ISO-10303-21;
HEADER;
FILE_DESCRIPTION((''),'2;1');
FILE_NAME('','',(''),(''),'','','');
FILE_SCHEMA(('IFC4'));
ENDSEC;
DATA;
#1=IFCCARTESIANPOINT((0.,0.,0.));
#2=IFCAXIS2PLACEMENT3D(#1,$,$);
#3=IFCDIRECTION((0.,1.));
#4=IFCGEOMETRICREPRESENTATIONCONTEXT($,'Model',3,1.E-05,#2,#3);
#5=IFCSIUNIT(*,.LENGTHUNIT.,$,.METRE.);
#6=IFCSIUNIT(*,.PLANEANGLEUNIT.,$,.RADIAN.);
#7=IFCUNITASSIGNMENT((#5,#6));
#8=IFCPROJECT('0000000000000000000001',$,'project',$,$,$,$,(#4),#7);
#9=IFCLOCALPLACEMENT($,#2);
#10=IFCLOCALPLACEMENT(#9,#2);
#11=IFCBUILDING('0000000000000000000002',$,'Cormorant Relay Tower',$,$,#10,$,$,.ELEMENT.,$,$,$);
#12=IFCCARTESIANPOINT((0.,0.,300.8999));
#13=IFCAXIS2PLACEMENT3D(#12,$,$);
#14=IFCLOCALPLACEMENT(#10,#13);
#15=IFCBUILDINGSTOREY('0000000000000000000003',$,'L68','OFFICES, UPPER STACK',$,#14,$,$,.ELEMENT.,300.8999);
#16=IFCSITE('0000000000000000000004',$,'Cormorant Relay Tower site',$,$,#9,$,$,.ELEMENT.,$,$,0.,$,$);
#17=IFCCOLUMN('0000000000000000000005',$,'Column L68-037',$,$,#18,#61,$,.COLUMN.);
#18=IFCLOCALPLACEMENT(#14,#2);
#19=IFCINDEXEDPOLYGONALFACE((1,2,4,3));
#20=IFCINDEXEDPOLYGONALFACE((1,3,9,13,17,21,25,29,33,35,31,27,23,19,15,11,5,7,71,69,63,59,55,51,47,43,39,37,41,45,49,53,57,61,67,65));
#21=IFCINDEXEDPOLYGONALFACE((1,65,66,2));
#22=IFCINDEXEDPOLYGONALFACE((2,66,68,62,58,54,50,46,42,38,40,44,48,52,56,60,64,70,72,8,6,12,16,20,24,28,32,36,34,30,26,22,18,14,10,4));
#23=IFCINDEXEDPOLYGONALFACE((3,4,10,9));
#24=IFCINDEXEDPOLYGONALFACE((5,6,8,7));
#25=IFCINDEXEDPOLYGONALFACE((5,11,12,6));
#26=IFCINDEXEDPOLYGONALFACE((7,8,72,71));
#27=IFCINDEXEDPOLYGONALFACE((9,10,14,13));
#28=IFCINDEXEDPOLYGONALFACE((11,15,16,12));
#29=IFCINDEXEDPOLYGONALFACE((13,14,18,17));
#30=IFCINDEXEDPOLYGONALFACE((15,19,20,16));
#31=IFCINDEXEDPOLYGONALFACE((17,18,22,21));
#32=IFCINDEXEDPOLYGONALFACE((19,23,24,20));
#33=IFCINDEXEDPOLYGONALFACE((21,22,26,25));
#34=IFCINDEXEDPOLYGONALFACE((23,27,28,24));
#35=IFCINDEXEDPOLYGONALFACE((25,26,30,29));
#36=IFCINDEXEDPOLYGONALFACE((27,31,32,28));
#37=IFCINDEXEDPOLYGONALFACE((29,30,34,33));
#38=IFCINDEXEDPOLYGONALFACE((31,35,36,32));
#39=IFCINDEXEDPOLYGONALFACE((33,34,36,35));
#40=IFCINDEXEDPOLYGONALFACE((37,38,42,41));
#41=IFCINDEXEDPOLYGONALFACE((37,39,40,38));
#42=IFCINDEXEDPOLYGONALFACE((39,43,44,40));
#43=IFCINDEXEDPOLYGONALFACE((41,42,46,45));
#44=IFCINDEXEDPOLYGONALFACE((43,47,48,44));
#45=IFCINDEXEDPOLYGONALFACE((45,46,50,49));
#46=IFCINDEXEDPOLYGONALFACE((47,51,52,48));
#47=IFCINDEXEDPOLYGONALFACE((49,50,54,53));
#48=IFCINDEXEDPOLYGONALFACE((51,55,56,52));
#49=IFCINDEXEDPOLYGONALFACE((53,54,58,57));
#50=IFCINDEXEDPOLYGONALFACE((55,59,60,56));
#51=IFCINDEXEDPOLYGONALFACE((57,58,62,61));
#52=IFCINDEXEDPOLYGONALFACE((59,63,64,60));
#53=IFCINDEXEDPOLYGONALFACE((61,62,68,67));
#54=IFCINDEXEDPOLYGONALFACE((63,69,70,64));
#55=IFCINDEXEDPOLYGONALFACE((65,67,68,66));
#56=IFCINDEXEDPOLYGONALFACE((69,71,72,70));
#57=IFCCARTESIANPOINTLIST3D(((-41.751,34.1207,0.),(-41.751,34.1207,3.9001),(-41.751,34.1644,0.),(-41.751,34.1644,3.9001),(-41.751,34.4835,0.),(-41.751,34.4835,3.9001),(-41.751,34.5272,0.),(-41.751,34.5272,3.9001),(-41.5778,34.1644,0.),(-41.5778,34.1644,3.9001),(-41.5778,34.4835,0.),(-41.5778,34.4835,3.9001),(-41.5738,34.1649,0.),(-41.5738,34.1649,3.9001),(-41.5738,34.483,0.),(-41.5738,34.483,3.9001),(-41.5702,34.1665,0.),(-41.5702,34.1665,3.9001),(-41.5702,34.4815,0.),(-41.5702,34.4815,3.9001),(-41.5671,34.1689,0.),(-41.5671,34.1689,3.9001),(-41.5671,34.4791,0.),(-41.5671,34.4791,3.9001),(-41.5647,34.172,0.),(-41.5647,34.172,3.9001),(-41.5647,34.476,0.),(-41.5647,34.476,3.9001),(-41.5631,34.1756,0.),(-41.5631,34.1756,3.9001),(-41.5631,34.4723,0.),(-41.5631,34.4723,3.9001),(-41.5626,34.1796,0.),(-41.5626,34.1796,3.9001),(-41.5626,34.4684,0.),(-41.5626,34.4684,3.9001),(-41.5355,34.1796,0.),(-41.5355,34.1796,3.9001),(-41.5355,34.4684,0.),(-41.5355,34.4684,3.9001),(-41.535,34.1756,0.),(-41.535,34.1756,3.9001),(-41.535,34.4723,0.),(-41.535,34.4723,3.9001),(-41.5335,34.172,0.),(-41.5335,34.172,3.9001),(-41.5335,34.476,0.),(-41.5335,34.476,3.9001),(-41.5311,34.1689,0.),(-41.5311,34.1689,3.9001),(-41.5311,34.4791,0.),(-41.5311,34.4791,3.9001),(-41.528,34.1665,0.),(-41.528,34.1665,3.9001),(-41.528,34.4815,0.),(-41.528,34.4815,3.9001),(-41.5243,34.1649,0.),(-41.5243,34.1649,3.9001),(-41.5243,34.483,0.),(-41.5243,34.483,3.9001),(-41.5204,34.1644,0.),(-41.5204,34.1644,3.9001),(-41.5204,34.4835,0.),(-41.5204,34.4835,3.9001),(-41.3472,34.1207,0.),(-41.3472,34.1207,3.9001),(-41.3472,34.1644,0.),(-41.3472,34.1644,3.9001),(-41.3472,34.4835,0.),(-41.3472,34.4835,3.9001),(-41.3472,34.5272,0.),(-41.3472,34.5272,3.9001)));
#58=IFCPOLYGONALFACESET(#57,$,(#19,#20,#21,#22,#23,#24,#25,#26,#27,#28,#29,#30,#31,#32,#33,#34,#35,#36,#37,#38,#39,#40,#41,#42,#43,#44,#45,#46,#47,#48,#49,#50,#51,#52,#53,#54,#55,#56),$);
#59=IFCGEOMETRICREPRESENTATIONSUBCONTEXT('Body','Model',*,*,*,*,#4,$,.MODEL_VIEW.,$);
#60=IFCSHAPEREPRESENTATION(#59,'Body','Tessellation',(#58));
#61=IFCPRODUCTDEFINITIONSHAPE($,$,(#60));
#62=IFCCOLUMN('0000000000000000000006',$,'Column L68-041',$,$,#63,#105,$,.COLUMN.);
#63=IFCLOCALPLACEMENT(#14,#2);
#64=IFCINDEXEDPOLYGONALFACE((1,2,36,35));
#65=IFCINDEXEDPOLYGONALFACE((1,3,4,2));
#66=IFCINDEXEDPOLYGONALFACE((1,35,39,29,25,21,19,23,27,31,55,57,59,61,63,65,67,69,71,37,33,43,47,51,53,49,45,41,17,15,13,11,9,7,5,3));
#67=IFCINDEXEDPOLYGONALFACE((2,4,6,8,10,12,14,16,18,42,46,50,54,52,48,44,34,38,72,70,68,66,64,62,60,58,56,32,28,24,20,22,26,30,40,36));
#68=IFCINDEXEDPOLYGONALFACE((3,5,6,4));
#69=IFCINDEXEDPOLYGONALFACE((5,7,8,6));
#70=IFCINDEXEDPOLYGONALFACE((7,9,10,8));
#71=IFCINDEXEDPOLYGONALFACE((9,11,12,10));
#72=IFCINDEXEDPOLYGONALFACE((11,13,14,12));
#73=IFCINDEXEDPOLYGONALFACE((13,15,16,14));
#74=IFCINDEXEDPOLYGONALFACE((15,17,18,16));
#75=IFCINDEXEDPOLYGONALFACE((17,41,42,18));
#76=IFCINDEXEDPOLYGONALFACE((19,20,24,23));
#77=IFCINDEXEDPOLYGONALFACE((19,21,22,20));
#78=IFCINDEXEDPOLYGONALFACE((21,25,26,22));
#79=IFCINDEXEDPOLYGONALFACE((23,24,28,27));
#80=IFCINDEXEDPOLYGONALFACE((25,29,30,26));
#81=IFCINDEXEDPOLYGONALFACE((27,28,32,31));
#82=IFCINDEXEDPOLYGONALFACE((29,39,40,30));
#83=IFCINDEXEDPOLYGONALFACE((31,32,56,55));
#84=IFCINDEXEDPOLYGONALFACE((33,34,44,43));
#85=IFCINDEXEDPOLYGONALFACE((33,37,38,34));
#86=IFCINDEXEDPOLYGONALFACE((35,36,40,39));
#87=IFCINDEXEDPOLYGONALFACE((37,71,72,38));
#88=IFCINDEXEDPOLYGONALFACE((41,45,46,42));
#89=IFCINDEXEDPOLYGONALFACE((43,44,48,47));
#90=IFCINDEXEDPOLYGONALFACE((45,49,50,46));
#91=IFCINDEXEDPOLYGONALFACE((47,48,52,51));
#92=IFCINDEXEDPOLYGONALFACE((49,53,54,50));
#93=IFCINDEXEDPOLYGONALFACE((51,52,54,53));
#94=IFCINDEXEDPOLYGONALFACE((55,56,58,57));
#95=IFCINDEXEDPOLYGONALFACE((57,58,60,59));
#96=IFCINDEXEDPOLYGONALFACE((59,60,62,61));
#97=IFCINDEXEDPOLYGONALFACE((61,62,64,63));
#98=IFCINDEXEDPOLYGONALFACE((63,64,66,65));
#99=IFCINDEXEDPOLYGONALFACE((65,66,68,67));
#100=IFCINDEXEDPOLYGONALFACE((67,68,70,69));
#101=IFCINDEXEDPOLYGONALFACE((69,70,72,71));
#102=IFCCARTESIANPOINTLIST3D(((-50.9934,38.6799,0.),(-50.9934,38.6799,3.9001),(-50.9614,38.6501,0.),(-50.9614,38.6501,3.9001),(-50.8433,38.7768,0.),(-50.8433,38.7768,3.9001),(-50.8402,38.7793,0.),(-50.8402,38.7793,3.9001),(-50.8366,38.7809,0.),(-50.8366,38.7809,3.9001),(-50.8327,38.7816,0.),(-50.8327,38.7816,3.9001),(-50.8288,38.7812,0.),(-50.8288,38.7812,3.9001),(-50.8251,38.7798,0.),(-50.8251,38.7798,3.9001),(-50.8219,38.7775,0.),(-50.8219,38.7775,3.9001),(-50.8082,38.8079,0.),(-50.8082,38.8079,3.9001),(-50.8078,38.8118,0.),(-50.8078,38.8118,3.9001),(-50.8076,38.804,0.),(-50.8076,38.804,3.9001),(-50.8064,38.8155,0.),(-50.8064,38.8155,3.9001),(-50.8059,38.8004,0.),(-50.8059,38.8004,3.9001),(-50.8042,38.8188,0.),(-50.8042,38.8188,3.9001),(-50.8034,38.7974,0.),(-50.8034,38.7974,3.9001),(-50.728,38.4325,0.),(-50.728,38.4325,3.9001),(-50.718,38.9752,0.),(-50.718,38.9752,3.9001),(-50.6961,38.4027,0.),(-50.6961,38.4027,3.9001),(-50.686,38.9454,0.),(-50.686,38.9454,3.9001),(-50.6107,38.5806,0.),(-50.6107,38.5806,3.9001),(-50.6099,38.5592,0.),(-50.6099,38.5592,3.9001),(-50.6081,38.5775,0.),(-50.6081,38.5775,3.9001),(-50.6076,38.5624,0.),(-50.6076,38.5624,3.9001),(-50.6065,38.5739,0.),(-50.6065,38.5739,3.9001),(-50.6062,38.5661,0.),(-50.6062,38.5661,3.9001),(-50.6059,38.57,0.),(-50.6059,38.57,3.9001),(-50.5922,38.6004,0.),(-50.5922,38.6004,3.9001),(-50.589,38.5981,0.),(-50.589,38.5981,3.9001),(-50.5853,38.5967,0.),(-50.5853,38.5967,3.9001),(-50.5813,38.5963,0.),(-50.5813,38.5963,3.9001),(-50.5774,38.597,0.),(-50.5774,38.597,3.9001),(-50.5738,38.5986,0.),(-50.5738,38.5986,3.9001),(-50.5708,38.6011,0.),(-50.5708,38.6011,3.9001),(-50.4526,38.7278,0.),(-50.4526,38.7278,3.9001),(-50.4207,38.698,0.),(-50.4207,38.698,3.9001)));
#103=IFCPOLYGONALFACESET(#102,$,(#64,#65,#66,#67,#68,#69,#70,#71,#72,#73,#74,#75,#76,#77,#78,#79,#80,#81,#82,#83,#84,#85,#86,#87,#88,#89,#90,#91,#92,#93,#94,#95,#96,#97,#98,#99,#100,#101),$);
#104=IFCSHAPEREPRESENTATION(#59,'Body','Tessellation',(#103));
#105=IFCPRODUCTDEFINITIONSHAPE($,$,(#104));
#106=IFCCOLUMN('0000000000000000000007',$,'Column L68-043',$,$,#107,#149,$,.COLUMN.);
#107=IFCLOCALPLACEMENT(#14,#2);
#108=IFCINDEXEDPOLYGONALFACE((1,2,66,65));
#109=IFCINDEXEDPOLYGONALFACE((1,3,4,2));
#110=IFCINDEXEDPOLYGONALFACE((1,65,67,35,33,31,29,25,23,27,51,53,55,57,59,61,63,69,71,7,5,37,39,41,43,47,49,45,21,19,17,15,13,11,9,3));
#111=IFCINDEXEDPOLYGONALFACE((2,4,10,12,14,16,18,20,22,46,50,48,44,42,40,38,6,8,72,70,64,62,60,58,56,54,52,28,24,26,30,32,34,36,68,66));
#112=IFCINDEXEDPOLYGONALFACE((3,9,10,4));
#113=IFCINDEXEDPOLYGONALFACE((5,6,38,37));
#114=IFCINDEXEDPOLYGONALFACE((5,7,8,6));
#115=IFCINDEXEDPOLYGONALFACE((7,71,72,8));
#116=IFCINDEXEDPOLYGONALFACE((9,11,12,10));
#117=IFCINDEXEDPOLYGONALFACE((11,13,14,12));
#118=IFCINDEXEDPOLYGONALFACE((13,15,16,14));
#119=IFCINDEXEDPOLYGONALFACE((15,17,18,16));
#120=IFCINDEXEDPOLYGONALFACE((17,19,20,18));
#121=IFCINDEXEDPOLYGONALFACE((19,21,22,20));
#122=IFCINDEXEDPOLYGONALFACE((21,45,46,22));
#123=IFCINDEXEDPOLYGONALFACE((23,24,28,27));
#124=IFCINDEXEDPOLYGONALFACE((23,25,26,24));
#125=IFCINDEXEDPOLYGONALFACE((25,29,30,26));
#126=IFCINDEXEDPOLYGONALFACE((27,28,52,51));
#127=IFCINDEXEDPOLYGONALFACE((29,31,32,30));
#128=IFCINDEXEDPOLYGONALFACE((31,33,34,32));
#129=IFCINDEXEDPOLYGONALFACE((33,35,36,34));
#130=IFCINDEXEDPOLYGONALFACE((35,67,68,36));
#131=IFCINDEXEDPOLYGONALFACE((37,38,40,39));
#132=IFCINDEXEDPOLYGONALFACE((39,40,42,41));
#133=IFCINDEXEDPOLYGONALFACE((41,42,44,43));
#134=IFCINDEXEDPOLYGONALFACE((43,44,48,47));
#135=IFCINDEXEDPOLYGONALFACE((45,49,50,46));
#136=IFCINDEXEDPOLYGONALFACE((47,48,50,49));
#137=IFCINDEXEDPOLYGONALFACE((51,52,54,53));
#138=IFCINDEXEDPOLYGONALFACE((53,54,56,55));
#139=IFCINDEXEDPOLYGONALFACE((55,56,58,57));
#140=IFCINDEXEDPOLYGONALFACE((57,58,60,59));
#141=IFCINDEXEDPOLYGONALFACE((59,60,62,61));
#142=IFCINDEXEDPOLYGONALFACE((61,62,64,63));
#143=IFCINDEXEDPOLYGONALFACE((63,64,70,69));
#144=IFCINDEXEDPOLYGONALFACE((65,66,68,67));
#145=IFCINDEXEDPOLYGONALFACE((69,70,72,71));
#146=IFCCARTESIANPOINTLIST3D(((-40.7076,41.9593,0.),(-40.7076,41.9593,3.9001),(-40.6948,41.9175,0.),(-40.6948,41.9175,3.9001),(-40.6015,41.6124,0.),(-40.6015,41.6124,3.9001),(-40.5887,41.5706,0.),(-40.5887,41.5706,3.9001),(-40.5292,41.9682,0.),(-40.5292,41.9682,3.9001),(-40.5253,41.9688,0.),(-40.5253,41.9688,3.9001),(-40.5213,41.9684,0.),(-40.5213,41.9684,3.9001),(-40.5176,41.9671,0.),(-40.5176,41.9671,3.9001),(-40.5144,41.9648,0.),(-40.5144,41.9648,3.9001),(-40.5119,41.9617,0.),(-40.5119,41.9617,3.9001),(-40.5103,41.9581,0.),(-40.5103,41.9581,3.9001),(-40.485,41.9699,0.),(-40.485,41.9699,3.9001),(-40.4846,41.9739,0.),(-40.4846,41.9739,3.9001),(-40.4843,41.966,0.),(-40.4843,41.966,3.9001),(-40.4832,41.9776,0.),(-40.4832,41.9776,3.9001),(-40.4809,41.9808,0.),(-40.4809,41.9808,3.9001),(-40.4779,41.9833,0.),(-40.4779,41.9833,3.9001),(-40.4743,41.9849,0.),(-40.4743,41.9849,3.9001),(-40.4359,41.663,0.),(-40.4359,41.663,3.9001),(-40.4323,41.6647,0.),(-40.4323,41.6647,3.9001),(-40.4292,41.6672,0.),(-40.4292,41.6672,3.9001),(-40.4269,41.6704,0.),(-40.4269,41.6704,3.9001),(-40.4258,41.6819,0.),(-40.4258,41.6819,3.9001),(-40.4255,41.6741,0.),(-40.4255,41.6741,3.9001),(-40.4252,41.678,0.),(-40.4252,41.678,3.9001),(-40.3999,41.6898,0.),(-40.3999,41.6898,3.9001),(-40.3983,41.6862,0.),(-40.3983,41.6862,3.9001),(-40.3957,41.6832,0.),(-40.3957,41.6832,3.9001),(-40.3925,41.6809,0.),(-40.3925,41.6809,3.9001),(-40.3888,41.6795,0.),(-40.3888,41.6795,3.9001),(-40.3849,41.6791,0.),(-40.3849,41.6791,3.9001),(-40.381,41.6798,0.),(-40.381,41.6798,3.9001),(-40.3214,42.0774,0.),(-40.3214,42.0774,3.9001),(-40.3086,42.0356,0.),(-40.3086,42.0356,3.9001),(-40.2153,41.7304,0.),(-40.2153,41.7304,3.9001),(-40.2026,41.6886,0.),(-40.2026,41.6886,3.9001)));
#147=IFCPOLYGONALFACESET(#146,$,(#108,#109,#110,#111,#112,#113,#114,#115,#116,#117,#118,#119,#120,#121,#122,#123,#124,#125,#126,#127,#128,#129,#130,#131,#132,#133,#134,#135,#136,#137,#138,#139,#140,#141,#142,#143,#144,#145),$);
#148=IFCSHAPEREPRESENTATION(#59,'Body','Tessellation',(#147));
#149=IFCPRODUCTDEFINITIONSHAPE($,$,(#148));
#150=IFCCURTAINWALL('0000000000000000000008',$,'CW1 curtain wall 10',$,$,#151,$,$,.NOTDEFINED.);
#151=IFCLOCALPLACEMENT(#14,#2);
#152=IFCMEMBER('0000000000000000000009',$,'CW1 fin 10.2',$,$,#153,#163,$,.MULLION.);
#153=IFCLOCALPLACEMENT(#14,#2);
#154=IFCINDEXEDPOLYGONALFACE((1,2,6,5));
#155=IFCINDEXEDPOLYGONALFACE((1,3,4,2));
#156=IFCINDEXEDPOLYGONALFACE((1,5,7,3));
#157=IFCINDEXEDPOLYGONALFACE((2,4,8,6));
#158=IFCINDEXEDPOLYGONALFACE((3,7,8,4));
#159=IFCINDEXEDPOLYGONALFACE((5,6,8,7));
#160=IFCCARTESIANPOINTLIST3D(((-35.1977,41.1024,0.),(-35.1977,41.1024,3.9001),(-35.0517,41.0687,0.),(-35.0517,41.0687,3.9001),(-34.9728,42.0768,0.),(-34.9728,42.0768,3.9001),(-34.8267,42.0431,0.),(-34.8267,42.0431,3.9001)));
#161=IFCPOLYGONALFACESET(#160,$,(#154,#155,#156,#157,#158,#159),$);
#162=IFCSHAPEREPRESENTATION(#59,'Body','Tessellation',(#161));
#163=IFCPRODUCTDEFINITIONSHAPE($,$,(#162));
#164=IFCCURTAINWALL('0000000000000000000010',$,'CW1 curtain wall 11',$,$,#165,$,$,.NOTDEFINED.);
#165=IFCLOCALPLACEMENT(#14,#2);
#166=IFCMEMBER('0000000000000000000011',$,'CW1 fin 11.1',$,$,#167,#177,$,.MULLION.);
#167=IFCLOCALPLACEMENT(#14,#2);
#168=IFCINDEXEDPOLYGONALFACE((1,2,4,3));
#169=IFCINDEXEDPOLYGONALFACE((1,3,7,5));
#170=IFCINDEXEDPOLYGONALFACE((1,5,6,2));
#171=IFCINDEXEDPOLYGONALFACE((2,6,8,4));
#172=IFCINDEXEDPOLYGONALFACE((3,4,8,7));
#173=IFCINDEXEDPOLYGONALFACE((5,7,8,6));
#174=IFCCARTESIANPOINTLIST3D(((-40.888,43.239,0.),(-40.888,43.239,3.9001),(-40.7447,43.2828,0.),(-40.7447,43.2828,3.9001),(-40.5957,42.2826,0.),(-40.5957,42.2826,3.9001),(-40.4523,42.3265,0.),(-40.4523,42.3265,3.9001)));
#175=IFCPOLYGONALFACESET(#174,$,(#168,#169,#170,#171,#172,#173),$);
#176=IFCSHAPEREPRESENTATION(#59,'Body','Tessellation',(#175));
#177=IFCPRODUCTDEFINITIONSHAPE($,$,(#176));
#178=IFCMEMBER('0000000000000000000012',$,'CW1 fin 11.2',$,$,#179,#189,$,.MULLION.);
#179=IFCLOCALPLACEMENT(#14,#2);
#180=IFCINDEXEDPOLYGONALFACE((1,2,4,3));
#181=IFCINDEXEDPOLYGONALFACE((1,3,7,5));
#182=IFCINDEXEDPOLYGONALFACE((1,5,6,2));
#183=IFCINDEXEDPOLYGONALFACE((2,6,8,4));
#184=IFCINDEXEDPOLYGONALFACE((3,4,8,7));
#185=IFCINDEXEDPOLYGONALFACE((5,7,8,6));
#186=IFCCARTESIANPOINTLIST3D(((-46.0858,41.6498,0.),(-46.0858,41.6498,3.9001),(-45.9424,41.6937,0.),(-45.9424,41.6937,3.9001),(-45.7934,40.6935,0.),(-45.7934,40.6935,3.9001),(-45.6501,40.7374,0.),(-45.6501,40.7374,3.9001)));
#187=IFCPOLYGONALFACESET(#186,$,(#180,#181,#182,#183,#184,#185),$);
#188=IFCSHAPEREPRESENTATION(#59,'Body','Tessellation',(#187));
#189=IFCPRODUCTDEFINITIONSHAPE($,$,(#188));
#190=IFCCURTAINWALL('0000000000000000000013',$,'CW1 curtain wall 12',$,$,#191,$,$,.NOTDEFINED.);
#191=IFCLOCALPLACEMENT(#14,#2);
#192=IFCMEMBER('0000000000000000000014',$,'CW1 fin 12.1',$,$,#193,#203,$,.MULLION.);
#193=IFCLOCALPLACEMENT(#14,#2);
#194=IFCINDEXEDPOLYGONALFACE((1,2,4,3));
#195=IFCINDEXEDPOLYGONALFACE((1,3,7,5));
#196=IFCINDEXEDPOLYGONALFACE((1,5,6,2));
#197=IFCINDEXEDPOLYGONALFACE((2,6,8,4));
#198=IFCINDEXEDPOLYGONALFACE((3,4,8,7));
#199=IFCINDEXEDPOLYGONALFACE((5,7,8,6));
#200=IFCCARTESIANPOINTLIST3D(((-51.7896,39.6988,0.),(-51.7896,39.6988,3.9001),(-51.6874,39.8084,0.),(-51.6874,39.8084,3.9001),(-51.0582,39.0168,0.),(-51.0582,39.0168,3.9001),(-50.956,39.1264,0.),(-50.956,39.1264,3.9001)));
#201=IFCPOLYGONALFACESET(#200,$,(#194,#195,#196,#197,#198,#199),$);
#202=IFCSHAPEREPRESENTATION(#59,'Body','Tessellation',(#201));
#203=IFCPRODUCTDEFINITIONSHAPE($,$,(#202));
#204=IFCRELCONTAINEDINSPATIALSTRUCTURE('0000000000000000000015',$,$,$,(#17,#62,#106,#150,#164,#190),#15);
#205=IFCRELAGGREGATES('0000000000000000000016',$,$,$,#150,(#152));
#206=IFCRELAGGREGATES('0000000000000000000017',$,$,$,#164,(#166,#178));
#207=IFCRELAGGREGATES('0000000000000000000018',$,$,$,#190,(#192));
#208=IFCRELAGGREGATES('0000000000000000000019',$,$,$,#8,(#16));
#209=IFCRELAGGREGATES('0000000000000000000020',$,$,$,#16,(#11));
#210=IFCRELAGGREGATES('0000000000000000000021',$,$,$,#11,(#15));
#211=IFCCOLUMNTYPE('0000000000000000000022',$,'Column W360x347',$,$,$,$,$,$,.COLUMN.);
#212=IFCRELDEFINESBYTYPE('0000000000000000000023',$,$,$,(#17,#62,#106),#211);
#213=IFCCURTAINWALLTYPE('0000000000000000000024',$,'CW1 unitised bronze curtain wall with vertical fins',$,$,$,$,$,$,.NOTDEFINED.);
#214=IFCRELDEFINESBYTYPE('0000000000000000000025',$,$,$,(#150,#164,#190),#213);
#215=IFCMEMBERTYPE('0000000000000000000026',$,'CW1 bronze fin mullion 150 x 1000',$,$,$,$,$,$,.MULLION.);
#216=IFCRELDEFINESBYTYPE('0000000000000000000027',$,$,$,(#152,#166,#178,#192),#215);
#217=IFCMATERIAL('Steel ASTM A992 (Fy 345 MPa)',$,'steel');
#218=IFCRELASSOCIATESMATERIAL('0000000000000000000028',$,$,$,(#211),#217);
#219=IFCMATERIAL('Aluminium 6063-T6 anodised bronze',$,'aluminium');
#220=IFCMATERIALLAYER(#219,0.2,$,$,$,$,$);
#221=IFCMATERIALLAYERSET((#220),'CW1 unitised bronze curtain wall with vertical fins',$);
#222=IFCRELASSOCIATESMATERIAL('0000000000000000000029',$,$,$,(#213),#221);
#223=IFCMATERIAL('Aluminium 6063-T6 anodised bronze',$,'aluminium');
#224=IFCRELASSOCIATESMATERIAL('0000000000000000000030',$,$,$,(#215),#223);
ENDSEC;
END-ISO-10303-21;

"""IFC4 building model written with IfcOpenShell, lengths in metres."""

from ifc_helpers import new_model, si_unit, direction, frame, origin, origin_2d, place, context, subcontext, project, spatial, rectangle, i_section, extrude, material, layer, layer_set, material_profile, profile_set, type_object, element, aggregate, save


model = new_model("IFC4")

# Units and contexts
model_context = context("Model", 3, precision=1e-05, world=origin(), true_north=direction((0.0, 1.0)))
body_context = subcontext(model_context, "Body", "Model", "MODEL_VIEW")
ifc_project = project(units=[si_unit("LENGTHUNIT", "METRE"), si_unit("PLANEANGLEUNIT", "RADIAN")], contexts=[model_context])

# Site, building, storey
site_placement = place(None, origin())
site = spatial("IfcSite", under=ifc_project, at=site_placement, Name="Cormorant Relay Tower site", CompositionType="ELEMENT", RefElevation=0.0)
building_placement = place(site_placement, origin())
building = spatial("IfcBuilding", under=site, at=building_placement, Name="Cormorant Relay Tower", CompositionType="ELEMENT")
storey_placement = place(building_placement, frame((0.0, 0.0, 300.8999)))
storey = spatial("IfcBuildingStorey", under=building, at=storey_placement, Name="L68", Description="OFFICES, UPPER STACK", CompositionType="ELEMENT", Elevation=300.8999)

# Columns
ifc_material_1 = material(Name="Steel ASTM A992 (Fy 345 MPa)", Category="steel")
ifc_material_profile_1 = material_profile(ifc_material_1, i_section(OverallWidth=0.4038, OverallDepth=0.4065, WebThickness=0.0271, FlangeThickness=0.0437, FilletRadius=0.0151, at=origin_2d()), Name="W360x347")
ifc_profile_set_1 = profile_set([ifc_material_profile_1], Name="Steel ASTM A992 (Fy 345 MPa)")
column_type = type_object("IfcColumnType", Name="Column W360x347", PredefinedType="COLUMN", material=ifc_profile_set_1)
for number, where, z_axis, x_axis, name in (
    (1, (-41.5491, 34.324, 0.0), (0.0, 0.0, 1.0), (1.0, 0.0, 0.0), "Column L68-037"),
    (2, (-50.707, 38.689, 0.0), (0.0, 0.0, 1.0), (-0.681998, -0.731354, 0.0), "Column L68-041"),
    (3, (-40.4551, 41.824, 0.0), (0.0, 0.0, 1.0), (-0.956305, -0.292372, 0.0), "Column L68-043"),
):
    element("IfcColumn", number, at=place(storey_placement, frame(where, z_axis=z_axis, x_axis=x_axis)), inside=storey, type_object=column_type, Name=name, PredefinedType="COLUMN", context=body_context, shape_type="SweptSolid", body=[
        extrude(i_section(OverallWidth=0.4038, OverallDepth=0.4065, WebThickness=0.0271, FlangeThickness=0.0437, FilletRadius=0.0151, at=origin_2d()), origin(), (0.0, 0.0, 1.0), 3.9001),
    ])

# Curtain wall, member
ifc_material_2 = material(Name="Aluminium 6063-T6 anodised bronze", Category="aluminium")
ifc_layer_1 = layer(ifc_material_2, 0.2)
ifc_layer_set_1 = layer_set([ifc_layer_1], Name="CW1 unitised bronze curtain wall with vertical fins")
curtain_wall_type = type_object("IfcCurtainWallType", Name="CW1 unitised bronze curtain wall with vertical fins", PredefinedType="NOTDEFINED", material=ifc_layer_set_1)
curtain_wall_1_placement = place(storey_placement, origin())
curtain_wall_1 = element("IfcCurtainWall", 4, at=curtain_wall_1_placement, inside=storey, type_object=curtain_wall_type, Name="CW1 curtain wall 10", PredefinedType="NOTDEFINED")
ifc_material_3 = material(Name="Aluminium 6063-T6 anodised bronze", Category="aluminium")
ifc_material_profile_2 = material_profile(ifc_material_3, rectangle(XDim=0.1499, YDim=1.0, at=origin_2d()), Name="AL 150x1000")
ifc_profile_set_2 = profile_set([ifc_material_profile_2], Name="Aluminium 6063-T6 anodised bronze")
member_type_1 = type_object("IfcMemberType", Name="CW1 bronze fin mullion 150 x 1000", PredefinedType="MULLION", material=ifc_profile_set_2)
member_1_placement = place(storey_placement, frame((-35.0122, 41.5728, 0.0), z_axis=(0.0, 0.0, 1.0), x_axis=(-0.97437, 0.224951, 0.0)))
member_1 = element("IfcMember", 5, at=member_1_placement, type_object=member_type_1, Name="CW1 fin 10.2", PredefinedType="MULLION", context=body_context, shape_type="SweptSolid", body=[
    extrude(rectangle(XDim=0.1499, YDim=1.0, at=origin_2d()), origin(), (0.0, 0.0, 1.0), 3.9001),
])

# Curtain walls, members
curtain_wall_2_placement = place(storey_placement, origin())
curtain_wall_2 = element("IfcCurtainWall", 6, at=curtain_wall_2_placement, inside=storey, type_object=curtain_wall_type, Name="CW1 curtain wall 11", PredefinedType="NOTDEFINED")
member_2_placement = place(storey_placement, frame((-40.6702, 42.7827, 0.0), z_axis=(0.0, 0.0, 1.0), x_axis=(-0.956305, -0.292372, 0.0)))
member_2 = element("IfcMember", 7, at=member_2_placement, type_object=member_type_1, Name="CW1 fin 11.1", PredefinedType="MULLION", context=body_context, shape_type="SweptSolid", body=[
    extrude(rectangle(XDim=0.1499, YDim=1.0, at=origin_2d()), origin(), (0.0, 0.0, 1.0), 3.9001),
])
member_3_placement = place(storey_placement, frame((-45.8679, 41.1936, 0.0), z_axis=(0.0, 0.0, 1.0), x_axis=(-0.956305, -0.292372, 0.0)))
member_3 = element("IfcMember", 8, at=member_3_placement, type_object=member_type_1, Name="CW1 fin 11.2", PredefinedType="MULLION", context=body_context, shape_type="SweptSolid", body=[
    extrude(rectangle(XDim=0.1499, YDim=1.0, at=origin_2d()), origin(), (0.0, 0.0, 1.0), 3.9001),
])
curtain_wall_3_placement = place(storey_placement, origin())
curtain_wall_3 = element("IfcCurtainWall", 9, at=curtain_wall_3_placement, inside=storey, type_object=curtain_wall_type, Name="CW1 curtain wall 12", PredefinedType="NOTDEFINED")
member_4_placement = place(storey_placement, frame((-51.3728, 39.4126, 0.0), z_axis=(0.0, 0.0, 1.0), x_axis=(-0.681998, -0.731354, 0.0)))
member_4 = element("IfcMember", 10, at=member_4_placement, type_object=member_type_1, Name="CW1 fin 12.1", PredefinedType="MULLION", context=body_context, shape_type="SweptSolid", body=[
    extrude(rectangle(XDim=0.1499, YDim=1.0, at=origin_2d()), origin(), (0.0, 0.0, 1.0), 3.9001),
])

aggregate(curtain_wall_1, [member_1])
aggregate(curtain_wall_2, [member_2, member_3])
aggregate(curtain_wall_3, [member_4])

save(model, "model.ifc")
